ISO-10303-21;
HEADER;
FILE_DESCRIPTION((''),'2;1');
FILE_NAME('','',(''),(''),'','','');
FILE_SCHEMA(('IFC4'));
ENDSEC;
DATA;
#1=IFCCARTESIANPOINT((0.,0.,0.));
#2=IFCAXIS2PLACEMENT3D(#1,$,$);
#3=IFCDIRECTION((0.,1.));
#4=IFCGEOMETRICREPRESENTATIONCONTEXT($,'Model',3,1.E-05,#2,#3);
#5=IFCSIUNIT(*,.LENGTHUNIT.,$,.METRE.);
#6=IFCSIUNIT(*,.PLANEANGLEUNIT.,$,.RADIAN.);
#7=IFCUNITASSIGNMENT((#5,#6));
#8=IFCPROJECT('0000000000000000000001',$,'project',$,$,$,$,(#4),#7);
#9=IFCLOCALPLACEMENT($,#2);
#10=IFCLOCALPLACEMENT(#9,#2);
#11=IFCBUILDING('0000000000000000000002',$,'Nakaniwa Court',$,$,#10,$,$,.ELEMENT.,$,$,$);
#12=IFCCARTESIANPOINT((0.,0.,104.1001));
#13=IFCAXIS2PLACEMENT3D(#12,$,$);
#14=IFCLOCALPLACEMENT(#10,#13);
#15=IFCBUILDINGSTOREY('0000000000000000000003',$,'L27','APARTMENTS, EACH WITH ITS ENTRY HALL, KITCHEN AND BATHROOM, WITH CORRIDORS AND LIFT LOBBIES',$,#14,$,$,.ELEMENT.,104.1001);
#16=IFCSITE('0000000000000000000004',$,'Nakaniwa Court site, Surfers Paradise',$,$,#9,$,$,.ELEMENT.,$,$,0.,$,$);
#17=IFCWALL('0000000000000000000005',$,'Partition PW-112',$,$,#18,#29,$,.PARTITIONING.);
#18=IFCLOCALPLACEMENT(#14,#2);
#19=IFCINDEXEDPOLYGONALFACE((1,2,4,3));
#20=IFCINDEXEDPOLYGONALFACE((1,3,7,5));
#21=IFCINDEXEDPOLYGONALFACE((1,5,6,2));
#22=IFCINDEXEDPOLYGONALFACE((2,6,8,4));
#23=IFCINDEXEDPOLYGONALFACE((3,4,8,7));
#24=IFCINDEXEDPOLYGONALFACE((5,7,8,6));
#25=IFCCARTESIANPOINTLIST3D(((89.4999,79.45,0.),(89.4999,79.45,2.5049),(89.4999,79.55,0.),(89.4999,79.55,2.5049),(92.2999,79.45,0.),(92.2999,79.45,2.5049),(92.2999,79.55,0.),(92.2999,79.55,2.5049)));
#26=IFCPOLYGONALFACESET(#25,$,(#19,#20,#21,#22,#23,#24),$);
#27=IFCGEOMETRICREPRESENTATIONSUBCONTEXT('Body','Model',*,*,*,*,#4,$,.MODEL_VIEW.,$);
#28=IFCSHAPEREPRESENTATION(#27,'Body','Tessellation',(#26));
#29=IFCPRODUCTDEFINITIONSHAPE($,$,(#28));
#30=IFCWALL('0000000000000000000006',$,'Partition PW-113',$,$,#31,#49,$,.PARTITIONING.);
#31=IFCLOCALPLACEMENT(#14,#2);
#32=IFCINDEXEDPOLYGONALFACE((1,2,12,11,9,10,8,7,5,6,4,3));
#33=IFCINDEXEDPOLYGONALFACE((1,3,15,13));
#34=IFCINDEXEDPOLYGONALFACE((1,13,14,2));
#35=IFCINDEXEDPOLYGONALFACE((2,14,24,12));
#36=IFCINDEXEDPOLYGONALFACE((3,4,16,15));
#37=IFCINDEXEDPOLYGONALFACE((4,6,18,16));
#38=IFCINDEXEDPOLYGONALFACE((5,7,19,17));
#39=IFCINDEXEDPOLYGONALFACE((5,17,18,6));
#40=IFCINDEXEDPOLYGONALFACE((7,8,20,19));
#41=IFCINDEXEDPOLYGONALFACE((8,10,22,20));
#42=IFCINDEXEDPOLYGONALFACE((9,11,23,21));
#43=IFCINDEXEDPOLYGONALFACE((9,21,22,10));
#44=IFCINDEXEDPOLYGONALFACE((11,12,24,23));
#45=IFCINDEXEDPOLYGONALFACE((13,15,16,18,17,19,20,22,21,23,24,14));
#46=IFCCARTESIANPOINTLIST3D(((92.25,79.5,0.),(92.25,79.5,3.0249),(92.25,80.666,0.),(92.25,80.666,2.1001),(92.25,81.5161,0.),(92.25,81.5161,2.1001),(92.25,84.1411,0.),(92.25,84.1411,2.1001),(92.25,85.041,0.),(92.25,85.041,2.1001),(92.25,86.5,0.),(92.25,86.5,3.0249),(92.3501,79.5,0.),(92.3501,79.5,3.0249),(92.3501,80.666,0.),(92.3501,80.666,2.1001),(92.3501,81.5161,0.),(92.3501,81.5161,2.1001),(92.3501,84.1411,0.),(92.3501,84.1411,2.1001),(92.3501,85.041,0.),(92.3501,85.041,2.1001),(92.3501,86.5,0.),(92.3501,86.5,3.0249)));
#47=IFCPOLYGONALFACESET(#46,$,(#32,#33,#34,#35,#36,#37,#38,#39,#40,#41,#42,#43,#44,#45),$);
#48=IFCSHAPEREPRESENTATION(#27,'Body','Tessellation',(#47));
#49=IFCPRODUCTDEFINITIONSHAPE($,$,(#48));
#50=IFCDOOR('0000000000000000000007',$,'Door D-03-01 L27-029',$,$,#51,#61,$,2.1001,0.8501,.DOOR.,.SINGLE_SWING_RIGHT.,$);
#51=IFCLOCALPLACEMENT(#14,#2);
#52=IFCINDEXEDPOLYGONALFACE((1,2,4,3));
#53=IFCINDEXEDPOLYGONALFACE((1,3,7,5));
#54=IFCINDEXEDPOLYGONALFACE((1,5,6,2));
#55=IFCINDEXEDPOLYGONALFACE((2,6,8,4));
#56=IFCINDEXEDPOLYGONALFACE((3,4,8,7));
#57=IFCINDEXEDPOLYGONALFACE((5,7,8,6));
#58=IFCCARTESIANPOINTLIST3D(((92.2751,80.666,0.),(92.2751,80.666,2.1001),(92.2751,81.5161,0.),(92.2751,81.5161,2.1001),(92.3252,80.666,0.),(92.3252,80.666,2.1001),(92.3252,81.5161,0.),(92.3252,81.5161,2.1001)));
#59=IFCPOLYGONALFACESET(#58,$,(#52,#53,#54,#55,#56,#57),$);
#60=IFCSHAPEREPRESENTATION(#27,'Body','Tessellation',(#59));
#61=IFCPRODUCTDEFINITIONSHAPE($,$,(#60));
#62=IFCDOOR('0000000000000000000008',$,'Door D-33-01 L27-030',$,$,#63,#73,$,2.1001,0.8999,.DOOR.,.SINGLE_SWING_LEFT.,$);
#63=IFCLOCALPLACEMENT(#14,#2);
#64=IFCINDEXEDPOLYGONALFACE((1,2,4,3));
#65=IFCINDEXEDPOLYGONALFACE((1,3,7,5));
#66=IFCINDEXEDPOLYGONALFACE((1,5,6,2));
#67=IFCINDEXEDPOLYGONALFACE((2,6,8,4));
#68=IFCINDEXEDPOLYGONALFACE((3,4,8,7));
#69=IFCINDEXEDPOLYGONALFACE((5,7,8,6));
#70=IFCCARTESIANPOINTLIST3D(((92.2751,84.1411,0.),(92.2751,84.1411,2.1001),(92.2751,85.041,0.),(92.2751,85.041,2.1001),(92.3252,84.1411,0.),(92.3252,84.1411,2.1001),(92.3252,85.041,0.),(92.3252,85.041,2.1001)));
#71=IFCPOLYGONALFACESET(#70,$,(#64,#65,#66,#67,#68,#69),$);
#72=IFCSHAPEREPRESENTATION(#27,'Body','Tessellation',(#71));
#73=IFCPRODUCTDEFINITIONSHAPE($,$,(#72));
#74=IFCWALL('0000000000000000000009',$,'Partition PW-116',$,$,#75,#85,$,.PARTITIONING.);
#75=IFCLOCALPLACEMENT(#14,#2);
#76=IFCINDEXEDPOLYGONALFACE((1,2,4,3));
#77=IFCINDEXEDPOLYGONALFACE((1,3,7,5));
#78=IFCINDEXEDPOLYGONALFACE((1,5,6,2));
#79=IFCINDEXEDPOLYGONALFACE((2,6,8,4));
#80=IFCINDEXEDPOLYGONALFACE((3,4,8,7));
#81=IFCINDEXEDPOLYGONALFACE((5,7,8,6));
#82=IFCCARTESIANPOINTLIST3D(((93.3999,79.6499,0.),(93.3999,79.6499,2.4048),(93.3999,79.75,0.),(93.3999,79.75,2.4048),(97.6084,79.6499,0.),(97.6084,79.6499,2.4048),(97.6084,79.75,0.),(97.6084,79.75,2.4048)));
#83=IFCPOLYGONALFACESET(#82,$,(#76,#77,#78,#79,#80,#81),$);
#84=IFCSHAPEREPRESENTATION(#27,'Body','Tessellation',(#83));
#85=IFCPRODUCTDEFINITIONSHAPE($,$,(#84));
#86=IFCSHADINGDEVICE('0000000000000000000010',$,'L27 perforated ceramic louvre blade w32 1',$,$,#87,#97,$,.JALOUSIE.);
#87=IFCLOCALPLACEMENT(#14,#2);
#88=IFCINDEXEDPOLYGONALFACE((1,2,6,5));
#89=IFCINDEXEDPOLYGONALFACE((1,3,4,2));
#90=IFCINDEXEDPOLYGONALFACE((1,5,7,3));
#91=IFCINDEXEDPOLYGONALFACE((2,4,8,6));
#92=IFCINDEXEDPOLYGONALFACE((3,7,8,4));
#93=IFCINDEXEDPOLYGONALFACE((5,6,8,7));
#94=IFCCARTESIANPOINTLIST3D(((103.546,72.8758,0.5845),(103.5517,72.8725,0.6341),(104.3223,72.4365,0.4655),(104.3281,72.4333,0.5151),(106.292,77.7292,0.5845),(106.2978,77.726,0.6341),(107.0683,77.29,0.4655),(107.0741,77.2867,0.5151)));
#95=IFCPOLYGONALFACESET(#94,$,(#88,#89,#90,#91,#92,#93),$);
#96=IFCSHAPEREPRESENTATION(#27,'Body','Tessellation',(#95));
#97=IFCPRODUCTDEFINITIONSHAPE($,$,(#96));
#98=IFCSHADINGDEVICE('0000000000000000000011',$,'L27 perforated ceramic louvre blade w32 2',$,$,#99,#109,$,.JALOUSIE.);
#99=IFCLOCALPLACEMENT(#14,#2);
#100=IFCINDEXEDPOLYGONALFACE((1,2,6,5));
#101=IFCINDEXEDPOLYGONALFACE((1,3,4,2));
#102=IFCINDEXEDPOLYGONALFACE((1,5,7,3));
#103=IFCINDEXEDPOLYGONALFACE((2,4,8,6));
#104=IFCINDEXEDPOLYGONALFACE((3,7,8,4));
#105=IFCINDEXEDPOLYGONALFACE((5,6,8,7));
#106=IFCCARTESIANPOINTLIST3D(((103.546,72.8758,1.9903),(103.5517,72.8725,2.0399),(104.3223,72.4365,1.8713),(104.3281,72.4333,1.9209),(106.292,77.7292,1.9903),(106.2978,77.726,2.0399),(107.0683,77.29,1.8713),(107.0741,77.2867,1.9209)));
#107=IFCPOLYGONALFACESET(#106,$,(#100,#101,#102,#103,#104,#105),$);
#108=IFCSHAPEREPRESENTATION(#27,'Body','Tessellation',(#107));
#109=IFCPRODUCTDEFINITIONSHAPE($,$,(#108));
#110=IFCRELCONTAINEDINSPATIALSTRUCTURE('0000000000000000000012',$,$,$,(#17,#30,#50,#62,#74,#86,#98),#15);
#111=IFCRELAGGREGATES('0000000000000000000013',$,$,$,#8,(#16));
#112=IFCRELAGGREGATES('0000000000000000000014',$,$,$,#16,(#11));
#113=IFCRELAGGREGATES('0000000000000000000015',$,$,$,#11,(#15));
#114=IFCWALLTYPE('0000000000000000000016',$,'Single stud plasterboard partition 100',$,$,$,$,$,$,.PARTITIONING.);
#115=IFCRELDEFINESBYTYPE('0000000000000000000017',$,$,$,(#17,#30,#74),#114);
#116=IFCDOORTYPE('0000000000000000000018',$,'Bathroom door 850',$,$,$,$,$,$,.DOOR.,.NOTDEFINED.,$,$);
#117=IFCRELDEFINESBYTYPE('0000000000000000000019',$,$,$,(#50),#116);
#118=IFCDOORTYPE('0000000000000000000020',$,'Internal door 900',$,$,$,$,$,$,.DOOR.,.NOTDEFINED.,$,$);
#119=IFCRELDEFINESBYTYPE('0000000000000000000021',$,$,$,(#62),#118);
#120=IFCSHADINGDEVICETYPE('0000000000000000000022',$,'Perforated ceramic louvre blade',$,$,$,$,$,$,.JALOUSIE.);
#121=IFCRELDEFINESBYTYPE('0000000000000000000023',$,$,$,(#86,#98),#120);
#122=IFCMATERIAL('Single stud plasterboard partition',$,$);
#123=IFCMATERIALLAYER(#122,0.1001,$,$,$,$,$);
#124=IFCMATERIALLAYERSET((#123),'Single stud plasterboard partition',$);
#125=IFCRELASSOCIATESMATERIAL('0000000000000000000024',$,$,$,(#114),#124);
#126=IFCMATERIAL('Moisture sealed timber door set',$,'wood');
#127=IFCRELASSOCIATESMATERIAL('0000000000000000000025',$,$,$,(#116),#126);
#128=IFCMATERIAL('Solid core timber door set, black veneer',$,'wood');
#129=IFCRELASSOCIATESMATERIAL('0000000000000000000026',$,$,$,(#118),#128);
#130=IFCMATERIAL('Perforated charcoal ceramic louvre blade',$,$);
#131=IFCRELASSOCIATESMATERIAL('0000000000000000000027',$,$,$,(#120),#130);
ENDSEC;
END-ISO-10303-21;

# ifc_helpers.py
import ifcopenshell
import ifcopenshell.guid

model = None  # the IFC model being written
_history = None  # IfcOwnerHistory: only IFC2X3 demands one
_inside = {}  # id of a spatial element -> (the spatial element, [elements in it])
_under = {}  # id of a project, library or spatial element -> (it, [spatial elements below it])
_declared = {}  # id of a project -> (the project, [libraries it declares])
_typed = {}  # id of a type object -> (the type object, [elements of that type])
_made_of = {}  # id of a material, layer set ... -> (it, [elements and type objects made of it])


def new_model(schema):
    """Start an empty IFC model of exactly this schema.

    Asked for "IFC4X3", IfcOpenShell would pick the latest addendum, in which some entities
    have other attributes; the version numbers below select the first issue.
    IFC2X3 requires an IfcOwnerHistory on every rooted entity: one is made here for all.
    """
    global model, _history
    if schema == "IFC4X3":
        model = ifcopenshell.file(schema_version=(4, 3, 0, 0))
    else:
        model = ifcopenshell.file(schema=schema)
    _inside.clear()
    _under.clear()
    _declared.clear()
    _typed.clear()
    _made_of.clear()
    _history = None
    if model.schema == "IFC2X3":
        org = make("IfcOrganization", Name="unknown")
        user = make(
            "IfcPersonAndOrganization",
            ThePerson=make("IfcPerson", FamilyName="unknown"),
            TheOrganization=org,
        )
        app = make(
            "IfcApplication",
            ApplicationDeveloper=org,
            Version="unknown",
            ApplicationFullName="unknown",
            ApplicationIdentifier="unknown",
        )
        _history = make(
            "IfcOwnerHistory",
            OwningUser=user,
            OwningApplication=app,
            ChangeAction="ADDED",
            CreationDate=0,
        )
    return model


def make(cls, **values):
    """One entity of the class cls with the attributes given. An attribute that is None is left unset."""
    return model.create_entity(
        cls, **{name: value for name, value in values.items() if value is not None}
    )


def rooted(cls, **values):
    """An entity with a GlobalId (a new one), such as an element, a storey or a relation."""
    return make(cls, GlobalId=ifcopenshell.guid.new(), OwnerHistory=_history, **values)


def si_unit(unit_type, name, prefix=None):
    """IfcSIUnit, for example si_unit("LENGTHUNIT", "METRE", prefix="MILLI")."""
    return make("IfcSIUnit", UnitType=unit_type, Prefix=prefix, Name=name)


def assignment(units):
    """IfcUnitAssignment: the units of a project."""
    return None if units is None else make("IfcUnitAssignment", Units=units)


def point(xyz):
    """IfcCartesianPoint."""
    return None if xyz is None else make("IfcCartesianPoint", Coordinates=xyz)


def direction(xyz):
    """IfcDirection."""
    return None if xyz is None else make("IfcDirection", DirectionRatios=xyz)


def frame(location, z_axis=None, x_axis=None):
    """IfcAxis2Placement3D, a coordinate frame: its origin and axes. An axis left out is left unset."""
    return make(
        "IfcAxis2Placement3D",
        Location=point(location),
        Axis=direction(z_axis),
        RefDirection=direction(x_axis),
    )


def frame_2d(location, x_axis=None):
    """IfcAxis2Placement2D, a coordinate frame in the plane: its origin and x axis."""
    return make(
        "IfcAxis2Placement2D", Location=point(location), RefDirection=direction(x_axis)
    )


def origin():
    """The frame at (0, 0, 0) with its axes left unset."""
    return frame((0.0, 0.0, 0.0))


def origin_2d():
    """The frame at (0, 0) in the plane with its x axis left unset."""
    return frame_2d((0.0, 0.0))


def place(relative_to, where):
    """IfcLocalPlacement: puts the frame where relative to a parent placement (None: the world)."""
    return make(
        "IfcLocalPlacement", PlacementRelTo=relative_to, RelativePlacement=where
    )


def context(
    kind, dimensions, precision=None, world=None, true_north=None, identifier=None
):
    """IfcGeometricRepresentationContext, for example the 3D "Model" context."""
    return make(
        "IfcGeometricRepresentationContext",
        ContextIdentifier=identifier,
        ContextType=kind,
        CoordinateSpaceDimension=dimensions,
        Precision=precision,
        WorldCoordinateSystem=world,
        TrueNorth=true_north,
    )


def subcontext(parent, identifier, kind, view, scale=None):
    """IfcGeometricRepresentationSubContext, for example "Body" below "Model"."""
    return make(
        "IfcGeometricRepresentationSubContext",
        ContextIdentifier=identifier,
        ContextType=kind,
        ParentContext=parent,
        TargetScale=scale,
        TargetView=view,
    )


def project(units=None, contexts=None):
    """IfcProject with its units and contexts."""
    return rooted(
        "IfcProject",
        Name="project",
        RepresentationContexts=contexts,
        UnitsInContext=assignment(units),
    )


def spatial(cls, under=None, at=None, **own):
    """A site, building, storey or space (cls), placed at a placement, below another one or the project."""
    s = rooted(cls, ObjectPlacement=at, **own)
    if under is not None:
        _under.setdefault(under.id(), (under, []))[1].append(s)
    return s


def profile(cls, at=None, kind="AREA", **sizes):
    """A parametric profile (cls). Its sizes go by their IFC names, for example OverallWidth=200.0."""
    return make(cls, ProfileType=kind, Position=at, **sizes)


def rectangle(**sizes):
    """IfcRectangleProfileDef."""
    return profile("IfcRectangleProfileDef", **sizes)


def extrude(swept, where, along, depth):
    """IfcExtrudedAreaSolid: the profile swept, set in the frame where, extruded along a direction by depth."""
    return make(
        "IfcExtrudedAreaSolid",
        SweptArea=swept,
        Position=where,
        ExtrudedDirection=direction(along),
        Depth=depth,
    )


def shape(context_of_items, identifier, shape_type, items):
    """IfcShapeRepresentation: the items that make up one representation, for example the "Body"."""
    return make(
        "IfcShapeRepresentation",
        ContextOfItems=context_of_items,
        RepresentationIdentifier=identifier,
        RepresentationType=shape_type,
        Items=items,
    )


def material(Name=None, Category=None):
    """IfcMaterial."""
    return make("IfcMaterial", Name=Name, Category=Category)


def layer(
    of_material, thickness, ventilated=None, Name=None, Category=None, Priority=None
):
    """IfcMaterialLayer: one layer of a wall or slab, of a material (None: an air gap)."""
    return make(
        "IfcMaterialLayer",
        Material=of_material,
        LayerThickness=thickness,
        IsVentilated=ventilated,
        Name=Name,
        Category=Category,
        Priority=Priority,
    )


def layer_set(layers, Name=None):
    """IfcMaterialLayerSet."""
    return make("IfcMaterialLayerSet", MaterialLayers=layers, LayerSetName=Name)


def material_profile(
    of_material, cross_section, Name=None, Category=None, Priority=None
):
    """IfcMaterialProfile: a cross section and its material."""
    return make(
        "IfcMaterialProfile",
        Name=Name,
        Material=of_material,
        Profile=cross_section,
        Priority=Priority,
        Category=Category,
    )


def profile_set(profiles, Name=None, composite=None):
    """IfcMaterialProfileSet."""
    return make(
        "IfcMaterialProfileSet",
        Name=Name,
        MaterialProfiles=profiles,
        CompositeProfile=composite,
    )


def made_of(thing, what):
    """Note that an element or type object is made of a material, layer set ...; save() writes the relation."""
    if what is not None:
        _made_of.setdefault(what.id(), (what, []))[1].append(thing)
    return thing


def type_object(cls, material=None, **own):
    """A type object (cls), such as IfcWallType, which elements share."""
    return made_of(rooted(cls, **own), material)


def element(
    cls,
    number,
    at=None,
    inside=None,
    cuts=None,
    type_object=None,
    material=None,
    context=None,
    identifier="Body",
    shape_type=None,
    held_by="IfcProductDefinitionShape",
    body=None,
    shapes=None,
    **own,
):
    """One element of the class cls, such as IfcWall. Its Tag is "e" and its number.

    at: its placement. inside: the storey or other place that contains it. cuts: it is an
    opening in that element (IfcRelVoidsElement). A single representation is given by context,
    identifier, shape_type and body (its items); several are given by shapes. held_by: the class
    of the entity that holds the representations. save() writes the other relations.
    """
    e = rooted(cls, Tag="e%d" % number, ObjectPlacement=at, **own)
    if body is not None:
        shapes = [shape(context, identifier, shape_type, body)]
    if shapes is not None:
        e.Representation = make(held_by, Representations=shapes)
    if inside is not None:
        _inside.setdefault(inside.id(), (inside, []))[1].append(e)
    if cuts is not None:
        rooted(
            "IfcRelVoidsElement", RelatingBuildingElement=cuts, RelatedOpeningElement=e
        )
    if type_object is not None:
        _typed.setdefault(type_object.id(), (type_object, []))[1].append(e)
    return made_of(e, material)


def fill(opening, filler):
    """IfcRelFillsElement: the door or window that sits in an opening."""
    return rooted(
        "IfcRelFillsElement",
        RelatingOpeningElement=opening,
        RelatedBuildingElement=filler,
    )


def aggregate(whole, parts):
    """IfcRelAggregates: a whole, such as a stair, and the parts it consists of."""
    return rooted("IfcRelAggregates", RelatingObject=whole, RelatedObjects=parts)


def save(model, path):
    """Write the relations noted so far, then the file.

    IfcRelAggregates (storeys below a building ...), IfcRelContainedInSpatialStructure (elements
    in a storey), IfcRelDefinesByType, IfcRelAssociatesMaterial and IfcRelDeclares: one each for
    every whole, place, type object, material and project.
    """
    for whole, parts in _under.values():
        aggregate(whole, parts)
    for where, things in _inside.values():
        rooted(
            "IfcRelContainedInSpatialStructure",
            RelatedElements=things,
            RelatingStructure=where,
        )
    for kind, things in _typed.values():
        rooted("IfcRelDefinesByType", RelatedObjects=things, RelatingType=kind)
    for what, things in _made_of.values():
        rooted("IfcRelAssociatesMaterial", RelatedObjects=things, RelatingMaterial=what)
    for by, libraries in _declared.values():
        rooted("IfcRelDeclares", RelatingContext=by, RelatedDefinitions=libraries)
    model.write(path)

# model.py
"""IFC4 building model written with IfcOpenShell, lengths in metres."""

from ifc_helpers import new_model, si_unit, direction, frame, frame_2d, origin, origin_2d, place, context, subcontext, project, spatial, rectangle, extrude, material, layer, layer_set, material_profile, profile_set, type_object, element, fill, save


model = new_model("IFC4")

# Units and contexts
model_context = context("Model", 3, precision=1e-05, world=origin(), true_north=direction((0.0, 1.0)))
body_context = subcontext(model_context, "Body", "Model", "MODEL_VIEW")
ifc_project = project(units=[si_unit("LENGTHUNIT", "METRE"), si_unit("PLANEANGLEUNIT", "RADIAN")], contexts=[model_context])

# Site, building, storey
site_placement = place(None, origin())
site = spatial("IfcSite", under=ifc_project, at=site_placement, Name="Nakaniwa Court site, Surfers Paradise", CompositionType="ELEMENT", RefElevation=0.0)
building_placement = place(site_placement, origin())
building = spatial("IfcBuilding", under=site, at=building_placement, Name="Nakaniwa Court", CompositionType="ELEMENT")
storey_placement = place(building_placement, frame((0.0, 0.0, 104.1001)))
storey = spatial("IfcBuildingStorey", under=building, at=storey_placement, Name="L27", Description="APARTMENTS, EACH WITH ITS ENTRY HALL, KITCHEN AND BATHROOM, WITH CORRIDORS AND LIFT LOBBIES", CompositionType="ELEMENT", Elevation=104.1001)

# Shared definitions
ifc_material_1 = material(Name="Solid core timber door set, black veneer", Category="wood")

# Wall
ifc_material_2 = material(Name="Single stud plasterboard partition")
ifc_layer_1 = layer(ifc_material_2, 0.1001)
ifc_layer_set_1 = layer_set([ifc_layer_1], Name="Single stud plasterboard partition")
wall_type_1 = type_object("IfcWallType", Name="Single stud plasterboard partition 100", PredefinedType="PARTITIONING", material=ifc_layer_set_1)
wall_1_placement = place(storey_placement, frame((89.5, 79.5, 0.0), z_axis=(0.0, 0.0, 1.0), x_axis=(1.0, 0.0, 0.0)))
element("IfcWall", 1, at=wall_1_placement, inside=storey, type_object=wall_type_1, Name="Partition PW-112", PredefinedType="PARTITIONING", context=body_context, shape_type="SweptSolid", body=[
    extrude(rectangle(XDim=2.8, YDim=0.1001, at=frame_2d((1.3999, 0.0))), origin(), (0.0, 0.0, 1.0), 2.5049),
])

# Wall, openings, doors
wall_2_placement = place(storey_placement, frame((92.3, 79.5, 0.0), z_axis=(0.0, 0.0, 1.0), x_axis=(0.0, 1.0, 0.0)))
wall_2 = element("IfcWall", 2, at=wall_2_placement, inside=storey, type_object=wall_type_1, Name="Partition PW-113", PredefinedType="PARTITIONING", context=body_context, shape_type="SweptSolid", body=[
    extrude(rectangle(XDim=7.0, YDim=0.1001, at=frame_2d((3.5, 0.0))), origin(), (0.0, 0.0, 1.0), 3.0249),
])
opening_1_placement = place(wall_2_placement, frame((1.166, 0.0, 0.0)))
opening_1 = element("IfcOpeningElement", 3, at=opening_1_placement, cuts=wall_2, PredefinedType="OPENING", context=body_context, shape_type="SweptSolid", body=[
    extrude(rectangle(XDim=0.8501, YDim=2.1001, at=frame_2d((0.425, 1.05))), frame((0.0, 0.0601, 0.0), z_axis=(0.0, -1.0, 0.0), x_axis=(1.0, 0.0, 0.0)), (0.0, 0.0, 1.0), 0.1201),
])
opening_2_placement = place(wall_2_placement, frame((4.6411, 0.0, 0.0)))
opening_2 = element("IfcOpeningElement", 4, at=opening_2_placement, cuts=wall_2, PredefinedType="OPENING", context=body_context, shape_type="SweptSolid", body=[
    extrude(rectangle(XDim=0.8999, YDim=2.1001, at=frame_2d((0.45, 1.05))), frame((0.0, 0.0601, 0.0), z_axis=(0.0, -1.0, 0.0), x_axis=(1.0, 0.0, 0.0)), (0.0, 0.0, 1.0), 0.1201),
])
ifc_material_3 = material(Name="Moisture sealed timber door set", Category="wood")
door_type_1 = type_object("IfcDoorType", Name="Bathroom door 850", OperationType="NOTDEFINED", PredefinedType="DOOR", material=ifc_material_3)
door_1_placement = place(opening_1_placement, origin())
door_1 = element("IfcDoor", 5, at=door_1_placement, inside=storey, type_object=door_type_1, Name="Door D-03-01 L27-029", OperationType="SINGLE_SWING_RIGHT", OverallHeight=2.1001, OverallWidth=0.8501, PredefinedType="DOOR", context=body_context, shape_type="SweptSolid", body=[
    extrude(rectangle(XDim=0.8501, YDim=2.1001, at=frame_2d((0.425, 1.05))), frame((0.0, 0.0249, 0.0), z_axis=(0.0, -1.0, 0.0), x_axis=(1.0, 0.0, 0.0)), (0.0, 0.0, 1.0), 0.05),
])
fill(opening_1, door_1)
door_type_2 = type_object("IfcDoorType", Name="Internal door 900", OperationType="NOTDEFINED", PredefinedType="DOOR", material=ifc_material_1)
door_2_placement = place(opening_2_placement, origin())
door_2 = element("IfcDoor", 6, at=door_2_placement, inside=storey, type_object=door_type_2, Name="Door D-33-01 L27-030", OperationType="SINGLE_SWING_LEFT", OverallHeight=2.1001, OverallWidth=0.8999, PredefinedType="DOOR", context=body_context, shape_type="SweptSolid", body=[
    extrude(rectangle(XDim=0.8999, YDim=2.1001, at=frame_2d((0.45, 1.05))), frame((0.0, 0.0249, 0.0), z_axis=(0.0, -1.0, 0.0), x_axis=(1.0, 0.0, 0.0)), (0.0, 0.0, 1.0), 0.05),
])
fill(opening_2, door_2)

# Wall
wall_3_placement = place(storey_placement, frame((93.3999, 79.7, 0.0), z_axis=(0.0, 0.0, 1.0), x_axis=(1.0, 0.0, 0.0)))
element("IfcWall", 7, at=wall_3_placement, inside=storey, type_object=wall_type_1, Name="Partition PW-116", PredefinedType="PARTITIONING", context=body_context, shape_type="SweptSolid", body=[
    extrude(rectangle(XDim=4.2085, YDim=0.1001, at=frame_2d((2.1042, 0.0))), origin(), (0.0, 0.0, 1.0), 2.4048),
])

# Shading devices
ifc_material_4 = material(Name="Perforated charcoal ceramic louvre blade")
ifc_material_profile_1 = material_profile(ifc_material_4, rectangle(XDim=0.8999, YDim=0.05, at=origin_2d()), Name="Perforated ceramic louvre blade")
ifc_profile_set_1 = profile_set([ifc_material_profile_1], Name="Perforated charcoal ceramic louvre blade")
shading_device_type = type_object("IfcShadingDeviceType", Name="Perforated ceramic louvre blade", PredefinedType="JALOUSIE", material=ifc_profile_set_1)
for number, where, z_axis, x_axis, name in (
    (8, (103.937, 72.6545, 0.5498), (0.492438, 0.870347, 0.0), (-0.862702, 0.488112, 0.132256), "L27 perforated ceramic louvre blade w32 1"),
    (9, (103.937, 72.6545, 1.9556), (0.492438, 0.870347, 0.0), (-0.862702, 0.488112, 0.132256), "L27 perforated ceramic louvre blade w32 2"),
):
    element("IfcShadingDevice", number, at=place(storey_placement, frame(where, z_axis=z_axis, x_axis=x_axis)), inside=storey, type_object=shading_device_type, Name=name, PredefinedType="JALOUSIE", context=body_context, shape_type="SweptSolid", body=[
        extrude(rectangle(XDim=0.8999, YDim=0.05, at=origin_2d()), origin(), (0.0, 0.0, 1.0), 5.5764),
    ])

save(model, "model.ifc")
